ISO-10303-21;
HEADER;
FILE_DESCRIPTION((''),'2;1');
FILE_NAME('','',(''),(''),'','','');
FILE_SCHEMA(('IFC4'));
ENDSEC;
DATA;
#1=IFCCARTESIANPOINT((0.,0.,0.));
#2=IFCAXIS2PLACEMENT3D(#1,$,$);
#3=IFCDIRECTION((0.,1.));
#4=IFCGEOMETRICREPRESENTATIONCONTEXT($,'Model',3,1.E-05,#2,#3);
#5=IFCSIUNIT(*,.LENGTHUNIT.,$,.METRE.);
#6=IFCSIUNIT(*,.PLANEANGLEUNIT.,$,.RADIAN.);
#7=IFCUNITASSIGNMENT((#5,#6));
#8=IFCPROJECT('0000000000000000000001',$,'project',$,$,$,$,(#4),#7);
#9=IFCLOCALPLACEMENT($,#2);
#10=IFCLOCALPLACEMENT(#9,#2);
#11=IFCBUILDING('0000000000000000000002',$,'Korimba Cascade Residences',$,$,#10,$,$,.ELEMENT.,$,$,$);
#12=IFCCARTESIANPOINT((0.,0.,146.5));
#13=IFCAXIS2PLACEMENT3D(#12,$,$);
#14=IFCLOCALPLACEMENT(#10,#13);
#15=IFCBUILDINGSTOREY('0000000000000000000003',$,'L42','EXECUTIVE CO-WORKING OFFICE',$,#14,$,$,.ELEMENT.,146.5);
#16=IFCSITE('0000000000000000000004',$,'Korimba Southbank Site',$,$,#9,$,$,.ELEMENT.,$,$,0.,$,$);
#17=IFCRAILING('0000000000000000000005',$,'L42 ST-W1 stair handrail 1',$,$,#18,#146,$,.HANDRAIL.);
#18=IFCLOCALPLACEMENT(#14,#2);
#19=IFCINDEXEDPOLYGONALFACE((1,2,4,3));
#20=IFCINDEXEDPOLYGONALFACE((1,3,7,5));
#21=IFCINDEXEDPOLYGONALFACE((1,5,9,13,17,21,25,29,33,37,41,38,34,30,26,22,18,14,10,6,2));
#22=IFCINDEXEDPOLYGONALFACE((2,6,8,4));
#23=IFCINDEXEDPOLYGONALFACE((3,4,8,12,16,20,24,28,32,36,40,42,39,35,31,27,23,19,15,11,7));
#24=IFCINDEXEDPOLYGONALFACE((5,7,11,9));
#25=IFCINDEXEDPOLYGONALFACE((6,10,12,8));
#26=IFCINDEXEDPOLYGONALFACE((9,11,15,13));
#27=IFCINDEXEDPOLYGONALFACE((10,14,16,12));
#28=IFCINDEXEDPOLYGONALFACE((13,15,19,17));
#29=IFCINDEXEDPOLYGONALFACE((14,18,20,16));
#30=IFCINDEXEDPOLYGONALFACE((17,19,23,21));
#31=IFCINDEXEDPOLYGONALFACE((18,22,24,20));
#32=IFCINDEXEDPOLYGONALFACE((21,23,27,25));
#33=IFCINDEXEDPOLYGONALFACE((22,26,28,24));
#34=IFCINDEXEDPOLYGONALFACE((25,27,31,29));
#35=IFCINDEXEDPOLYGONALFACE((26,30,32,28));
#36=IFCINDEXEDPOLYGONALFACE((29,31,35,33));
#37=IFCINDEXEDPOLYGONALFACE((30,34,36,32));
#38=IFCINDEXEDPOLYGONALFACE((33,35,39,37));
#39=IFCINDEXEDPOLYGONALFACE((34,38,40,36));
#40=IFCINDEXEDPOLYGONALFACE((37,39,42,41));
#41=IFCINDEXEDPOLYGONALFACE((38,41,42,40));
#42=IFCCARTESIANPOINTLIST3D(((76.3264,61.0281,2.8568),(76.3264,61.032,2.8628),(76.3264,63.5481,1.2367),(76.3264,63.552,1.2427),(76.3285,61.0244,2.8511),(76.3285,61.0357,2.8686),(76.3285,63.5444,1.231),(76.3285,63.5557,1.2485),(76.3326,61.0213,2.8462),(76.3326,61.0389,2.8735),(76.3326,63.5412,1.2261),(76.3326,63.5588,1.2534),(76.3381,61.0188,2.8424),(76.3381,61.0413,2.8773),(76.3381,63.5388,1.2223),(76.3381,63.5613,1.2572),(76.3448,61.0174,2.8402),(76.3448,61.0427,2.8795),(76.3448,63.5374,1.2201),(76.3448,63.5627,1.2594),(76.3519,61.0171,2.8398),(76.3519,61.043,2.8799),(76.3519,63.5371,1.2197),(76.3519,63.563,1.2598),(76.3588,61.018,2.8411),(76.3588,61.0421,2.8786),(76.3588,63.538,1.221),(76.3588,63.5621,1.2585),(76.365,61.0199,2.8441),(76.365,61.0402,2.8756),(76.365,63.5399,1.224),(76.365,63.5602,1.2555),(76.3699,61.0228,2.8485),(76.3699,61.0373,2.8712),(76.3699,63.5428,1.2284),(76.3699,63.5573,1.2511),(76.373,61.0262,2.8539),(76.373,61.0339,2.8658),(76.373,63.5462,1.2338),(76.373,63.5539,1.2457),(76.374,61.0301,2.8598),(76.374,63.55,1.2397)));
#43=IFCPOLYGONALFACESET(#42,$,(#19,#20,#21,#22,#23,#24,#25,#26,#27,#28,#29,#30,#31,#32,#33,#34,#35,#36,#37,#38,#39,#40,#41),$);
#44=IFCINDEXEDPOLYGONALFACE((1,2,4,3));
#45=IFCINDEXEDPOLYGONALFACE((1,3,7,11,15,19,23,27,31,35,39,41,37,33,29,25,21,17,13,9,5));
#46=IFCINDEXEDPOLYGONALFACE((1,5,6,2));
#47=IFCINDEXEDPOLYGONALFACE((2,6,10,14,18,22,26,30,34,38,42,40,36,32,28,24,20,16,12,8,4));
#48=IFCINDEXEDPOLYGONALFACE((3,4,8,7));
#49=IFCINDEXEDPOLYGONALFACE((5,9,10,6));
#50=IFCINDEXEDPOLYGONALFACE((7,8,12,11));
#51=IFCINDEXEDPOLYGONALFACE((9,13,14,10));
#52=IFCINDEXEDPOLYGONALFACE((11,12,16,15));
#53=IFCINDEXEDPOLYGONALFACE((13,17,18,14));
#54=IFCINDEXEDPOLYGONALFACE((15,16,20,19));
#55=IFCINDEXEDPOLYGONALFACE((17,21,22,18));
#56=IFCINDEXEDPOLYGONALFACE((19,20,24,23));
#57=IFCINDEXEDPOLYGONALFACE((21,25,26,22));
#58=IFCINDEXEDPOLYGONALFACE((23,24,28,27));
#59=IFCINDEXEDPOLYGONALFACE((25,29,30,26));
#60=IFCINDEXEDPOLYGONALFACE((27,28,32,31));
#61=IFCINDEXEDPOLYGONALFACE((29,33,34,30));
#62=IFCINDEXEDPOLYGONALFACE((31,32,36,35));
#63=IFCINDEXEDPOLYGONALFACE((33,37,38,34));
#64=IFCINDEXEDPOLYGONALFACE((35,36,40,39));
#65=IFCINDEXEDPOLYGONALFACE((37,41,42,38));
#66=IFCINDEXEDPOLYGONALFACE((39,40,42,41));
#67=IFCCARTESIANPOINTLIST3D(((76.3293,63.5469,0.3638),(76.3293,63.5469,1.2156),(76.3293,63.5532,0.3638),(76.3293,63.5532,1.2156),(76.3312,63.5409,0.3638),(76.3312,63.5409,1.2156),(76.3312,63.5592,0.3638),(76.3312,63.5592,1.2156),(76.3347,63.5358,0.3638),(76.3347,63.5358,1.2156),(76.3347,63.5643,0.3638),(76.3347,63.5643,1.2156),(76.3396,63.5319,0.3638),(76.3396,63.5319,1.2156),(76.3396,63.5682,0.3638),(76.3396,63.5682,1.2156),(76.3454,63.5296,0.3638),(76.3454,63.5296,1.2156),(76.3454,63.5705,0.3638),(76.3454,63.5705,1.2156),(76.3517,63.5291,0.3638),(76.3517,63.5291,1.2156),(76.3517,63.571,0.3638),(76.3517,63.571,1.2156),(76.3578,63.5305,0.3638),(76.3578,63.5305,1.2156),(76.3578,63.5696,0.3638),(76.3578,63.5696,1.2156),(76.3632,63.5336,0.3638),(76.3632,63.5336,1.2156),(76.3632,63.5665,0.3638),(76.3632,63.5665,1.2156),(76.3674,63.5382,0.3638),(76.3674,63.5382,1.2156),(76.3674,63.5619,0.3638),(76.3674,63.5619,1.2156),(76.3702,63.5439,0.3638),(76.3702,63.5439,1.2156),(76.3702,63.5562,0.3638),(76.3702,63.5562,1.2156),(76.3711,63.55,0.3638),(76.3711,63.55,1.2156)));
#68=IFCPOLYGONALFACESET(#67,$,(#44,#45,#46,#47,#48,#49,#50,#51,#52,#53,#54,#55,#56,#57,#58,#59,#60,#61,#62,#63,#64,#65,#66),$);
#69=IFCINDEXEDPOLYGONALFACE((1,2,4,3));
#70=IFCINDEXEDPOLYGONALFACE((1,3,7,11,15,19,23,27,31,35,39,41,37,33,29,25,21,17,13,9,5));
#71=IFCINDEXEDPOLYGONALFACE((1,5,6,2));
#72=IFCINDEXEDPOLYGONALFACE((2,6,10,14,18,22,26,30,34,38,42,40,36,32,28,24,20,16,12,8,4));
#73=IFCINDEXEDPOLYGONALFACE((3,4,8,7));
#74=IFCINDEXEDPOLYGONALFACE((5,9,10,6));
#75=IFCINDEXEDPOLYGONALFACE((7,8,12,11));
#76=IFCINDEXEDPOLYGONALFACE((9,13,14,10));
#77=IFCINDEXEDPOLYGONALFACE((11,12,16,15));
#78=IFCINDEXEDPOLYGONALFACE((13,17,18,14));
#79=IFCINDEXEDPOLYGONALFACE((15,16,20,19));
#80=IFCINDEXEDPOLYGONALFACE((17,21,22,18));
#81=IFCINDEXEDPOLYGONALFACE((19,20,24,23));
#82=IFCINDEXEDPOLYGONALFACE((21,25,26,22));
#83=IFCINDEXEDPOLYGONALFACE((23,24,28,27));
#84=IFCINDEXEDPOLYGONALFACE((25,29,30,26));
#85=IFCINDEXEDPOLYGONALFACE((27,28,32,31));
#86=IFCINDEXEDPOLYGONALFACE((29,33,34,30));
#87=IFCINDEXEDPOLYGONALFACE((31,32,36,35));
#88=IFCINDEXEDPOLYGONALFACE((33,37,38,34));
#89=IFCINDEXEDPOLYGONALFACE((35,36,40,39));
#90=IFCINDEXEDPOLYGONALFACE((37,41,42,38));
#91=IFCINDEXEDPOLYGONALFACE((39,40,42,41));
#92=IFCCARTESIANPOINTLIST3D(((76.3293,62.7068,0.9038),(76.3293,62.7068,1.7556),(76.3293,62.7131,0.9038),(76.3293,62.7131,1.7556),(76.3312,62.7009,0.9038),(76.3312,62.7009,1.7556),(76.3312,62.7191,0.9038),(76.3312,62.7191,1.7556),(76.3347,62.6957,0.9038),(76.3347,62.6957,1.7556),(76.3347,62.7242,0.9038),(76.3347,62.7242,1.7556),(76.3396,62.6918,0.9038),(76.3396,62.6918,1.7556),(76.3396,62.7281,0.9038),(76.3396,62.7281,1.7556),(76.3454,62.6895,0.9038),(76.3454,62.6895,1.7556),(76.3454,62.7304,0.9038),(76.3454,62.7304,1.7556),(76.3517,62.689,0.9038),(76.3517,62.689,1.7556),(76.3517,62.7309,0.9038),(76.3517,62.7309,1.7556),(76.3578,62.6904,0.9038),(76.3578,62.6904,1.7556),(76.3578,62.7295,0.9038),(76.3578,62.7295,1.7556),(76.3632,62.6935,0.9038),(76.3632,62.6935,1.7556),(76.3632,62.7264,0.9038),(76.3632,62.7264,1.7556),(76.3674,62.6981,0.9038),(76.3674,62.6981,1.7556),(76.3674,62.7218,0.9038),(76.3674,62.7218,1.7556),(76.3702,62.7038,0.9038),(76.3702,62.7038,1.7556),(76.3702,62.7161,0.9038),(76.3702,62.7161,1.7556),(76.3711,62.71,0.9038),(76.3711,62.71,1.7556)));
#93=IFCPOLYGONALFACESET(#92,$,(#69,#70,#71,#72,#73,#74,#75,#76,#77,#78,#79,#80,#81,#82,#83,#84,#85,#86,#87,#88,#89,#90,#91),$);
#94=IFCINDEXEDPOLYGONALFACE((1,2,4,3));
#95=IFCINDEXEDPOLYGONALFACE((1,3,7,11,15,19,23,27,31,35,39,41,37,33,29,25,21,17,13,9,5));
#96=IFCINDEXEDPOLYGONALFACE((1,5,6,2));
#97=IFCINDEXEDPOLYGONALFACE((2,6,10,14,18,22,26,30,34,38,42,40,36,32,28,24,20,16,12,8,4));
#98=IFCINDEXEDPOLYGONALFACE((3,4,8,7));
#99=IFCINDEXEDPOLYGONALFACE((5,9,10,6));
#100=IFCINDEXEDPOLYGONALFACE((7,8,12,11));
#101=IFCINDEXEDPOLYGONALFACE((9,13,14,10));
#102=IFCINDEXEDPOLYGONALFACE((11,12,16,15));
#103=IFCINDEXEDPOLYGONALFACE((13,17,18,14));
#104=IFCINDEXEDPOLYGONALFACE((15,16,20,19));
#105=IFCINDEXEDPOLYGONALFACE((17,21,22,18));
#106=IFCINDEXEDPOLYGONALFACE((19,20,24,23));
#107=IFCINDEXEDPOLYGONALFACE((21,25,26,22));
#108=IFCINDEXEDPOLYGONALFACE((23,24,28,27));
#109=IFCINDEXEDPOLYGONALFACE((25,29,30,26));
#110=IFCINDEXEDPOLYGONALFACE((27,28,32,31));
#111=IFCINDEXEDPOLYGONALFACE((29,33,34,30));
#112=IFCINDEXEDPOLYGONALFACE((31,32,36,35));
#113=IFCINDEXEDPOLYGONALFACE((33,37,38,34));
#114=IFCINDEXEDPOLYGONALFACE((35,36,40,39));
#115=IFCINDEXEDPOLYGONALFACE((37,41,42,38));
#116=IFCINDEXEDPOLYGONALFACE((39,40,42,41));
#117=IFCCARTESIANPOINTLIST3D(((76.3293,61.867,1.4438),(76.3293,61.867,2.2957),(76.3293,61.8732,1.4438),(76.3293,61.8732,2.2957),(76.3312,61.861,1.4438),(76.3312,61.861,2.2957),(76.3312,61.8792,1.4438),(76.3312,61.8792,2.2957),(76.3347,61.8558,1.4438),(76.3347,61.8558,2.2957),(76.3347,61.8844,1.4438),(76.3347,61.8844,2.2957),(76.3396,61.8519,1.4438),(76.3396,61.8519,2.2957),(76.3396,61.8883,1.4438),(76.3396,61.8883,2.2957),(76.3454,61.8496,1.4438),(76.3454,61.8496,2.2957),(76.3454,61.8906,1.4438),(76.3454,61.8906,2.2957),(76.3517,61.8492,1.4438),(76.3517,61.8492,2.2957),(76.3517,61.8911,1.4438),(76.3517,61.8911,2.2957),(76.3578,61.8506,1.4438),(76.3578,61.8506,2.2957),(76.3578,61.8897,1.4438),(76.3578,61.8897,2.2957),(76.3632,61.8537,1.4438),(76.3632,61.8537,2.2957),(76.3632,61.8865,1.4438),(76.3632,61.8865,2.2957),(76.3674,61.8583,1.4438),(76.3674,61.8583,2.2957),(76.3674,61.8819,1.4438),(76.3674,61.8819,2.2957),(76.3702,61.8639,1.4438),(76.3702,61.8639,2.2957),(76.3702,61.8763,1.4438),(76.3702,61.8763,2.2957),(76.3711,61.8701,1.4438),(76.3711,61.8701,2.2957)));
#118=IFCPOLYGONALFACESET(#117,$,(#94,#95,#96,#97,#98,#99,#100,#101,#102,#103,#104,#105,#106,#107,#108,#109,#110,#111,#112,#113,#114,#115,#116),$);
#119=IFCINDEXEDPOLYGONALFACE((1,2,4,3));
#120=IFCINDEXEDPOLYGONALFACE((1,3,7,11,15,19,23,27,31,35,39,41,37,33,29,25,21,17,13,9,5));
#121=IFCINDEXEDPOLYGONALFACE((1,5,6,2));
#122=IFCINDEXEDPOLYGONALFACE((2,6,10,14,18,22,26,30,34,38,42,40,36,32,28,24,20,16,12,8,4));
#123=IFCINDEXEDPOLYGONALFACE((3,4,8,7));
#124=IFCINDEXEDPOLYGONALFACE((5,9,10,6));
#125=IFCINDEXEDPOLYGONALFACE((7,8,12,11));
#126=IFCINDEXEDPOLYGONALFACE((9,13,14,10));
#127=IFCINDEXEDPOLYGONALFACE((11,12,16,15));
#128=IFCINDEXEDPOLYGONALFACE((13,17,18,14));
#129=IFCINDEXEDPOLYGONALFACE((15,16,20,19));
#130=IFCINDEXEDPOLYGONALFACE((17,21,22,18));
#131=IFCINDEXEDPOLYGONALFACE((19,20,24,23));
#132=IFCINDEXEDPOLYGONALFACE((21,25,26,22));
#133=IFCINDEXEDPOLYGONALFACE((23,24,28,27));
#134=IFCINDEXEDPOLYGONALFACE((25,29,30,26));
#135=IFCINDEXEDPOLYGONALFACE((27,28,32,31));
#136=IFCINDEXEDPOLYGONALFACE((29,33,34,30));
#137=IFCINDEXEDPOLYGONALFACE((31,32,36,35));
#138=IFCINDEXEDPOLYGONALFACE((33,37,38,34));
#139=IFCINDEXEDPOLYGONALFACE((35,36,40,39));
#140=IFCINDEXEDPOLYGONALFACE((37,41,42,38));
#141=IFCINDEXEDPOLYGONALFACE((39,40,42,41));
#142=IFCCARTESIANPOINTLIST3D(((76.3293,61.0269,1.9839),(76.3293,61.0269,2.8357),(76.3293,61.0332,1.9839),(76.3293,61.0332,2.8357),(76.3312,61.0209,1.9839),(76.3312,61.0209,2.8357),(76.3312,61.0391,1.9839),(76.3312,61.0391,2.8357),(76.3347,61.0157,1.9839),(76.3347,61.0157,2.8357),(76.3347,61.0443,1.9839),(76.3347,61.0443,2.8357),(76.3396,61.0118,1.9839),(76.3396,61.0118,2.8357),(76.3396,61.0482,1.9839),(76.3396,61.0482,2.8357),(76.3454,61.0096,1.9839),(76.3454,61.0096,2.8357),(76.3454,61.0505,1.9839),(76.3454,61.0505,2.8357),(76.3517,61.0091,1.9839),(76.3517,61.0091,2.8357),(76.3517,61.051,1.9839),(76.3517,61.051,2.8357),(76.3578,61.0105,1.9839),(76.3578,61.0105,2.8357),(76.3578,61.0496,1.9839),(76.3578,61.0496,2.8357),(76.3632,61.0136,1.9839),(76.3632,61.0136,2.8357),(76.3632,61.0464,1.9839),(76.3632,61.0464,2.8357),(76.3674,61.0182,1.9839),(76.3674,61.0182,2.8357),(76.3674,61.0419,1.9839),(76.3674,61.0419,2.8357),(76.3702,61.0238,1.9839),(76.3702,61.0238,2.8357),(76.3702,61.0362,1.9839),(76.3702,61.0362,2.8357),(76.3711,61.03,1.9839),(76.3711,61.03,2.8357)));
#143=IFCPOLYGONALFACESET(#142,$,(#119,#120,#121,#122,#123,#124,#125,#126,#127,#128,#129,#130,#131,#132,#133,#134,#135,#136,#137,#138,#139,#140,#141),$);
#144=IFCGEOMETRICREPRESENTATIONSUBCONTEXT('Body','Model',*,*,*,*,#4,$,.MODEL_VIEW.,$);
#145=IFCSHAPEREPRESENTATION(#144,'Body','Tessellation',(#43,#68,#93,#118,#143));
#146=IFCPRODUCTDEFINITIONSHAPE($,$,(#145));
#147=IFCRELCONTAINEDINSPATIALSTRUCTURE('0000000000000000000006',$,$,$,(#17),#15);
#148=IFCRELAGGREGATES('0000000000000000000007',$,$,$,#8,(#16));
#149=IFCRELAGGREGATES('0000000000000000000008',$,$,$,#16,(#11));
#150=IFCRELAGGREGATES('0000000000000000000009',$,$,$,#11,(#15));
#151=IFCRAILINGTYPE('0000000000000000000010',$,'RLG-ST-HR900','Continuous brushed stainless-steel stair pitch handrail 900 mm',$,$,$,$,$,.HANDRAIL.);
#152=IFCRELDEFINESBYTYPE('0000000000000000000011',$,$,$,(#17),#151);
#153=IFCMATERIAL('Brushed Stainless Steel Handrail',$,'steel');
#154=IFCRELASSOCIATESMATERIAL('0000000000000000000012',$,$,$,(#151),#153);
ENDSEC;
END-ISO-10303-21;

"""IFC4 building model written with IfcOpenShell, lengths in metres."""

from ifc_helpers import new_model, si_unit, direction, frame, origin, origin_2d, place, context, subcontext, project, spatial, circle, extrude, material, type_object, element, save


model = new_model("IFC4")

# Units and contexts
model_context = context("Model", 3, precision=1e-05, world=origin(), true_north=direction((0.0, 1.0)))
body_context = subcontext(model_context, "Body", "Model", "MODEL_VIEW")
ifc_project = project(units=[si_unit("LENGTHUNIT", "METRE"), si_unit("PLANEANGLEUNIT", "RADIAN")], contexts=[model_context])

# Site, building, storey
site_placement = place(None, origin())
site = spatial("IfcSite", under=ifc_project, at=site_placement, Name="Korimba Southbank Site", CompositionType="ELEMENT", RefElevation=0.0)
building_placement = place(site_placement, origin())
building = spatial("IfcBuilding", under=site, at=building_placement, Name="Korimba Cascade Residences", CompositionType="ELEMENT")
storey_placement = place(building_placement, frame((0.0, 0.0, 146.5)))
storey = spatial("IfcBuildingStorey", under=building, at=storey_placement, Name="L42", Description="EXECUTIVE CO-WORKING OFFICE", CompositionType="ELEMENT", Elevation=146.5)

# Railing
ifc_material_1 = material(Name="Brushed Stainless Steel Handrail", Category="steel")
railing_type_1 = type_object("IfcRailingType", Name="RLG-ST-HR900", Description="Continuous brushed stainless-steel stair pitch handrail 900 mm", PredefinedType="HANDRAIL", material=ifc_material_1)
railing_1_placement = place(storey_placement, frame((76.3501, 63.55, 0.3638)))
element("IfcRailing", 1, at=railing_1_placement, inside=storey, type_object=railing_type_1, Name="L42 ST-W1 stair handrail 1", PredefinedType="HANDRAIL", context=body_context, shape_type="SweptSolid", body=[
    extrude(circle(Radius=0.0239, at=origin_2d()), frame((0.0, 0.0, 0.876), z_axis=(0.0, -0.841163, 0.540782), x_axis=(1.0, 0.0, 0.0)), (0.0, 0.0, 1.0), 2.9958),
    extrude(circle(Radius=0.021, at=origin_2d()), origin(), (0.0, 0.0, 1.0), 0.8518),
    extrude(circle(Radius=0.021, at=origin_2d()), frame((0.0, -0.8401, 0.54)), (0.0, 0.0, 1.0), 0.8518),
    extrude(circle(Radius=0.021, at=origin_2d()), frame((0.0, -1.6799, 1.0801)), (0.0, 0.0, 1.0), 0.8518),
    extrude(circle(Radius=0.021, at=origin_2d()), frame((0.0, -2.52, 1.6201)), (0.0, 0.0, 1.0), 0.8518),
])

save(model, "model.ifc")
